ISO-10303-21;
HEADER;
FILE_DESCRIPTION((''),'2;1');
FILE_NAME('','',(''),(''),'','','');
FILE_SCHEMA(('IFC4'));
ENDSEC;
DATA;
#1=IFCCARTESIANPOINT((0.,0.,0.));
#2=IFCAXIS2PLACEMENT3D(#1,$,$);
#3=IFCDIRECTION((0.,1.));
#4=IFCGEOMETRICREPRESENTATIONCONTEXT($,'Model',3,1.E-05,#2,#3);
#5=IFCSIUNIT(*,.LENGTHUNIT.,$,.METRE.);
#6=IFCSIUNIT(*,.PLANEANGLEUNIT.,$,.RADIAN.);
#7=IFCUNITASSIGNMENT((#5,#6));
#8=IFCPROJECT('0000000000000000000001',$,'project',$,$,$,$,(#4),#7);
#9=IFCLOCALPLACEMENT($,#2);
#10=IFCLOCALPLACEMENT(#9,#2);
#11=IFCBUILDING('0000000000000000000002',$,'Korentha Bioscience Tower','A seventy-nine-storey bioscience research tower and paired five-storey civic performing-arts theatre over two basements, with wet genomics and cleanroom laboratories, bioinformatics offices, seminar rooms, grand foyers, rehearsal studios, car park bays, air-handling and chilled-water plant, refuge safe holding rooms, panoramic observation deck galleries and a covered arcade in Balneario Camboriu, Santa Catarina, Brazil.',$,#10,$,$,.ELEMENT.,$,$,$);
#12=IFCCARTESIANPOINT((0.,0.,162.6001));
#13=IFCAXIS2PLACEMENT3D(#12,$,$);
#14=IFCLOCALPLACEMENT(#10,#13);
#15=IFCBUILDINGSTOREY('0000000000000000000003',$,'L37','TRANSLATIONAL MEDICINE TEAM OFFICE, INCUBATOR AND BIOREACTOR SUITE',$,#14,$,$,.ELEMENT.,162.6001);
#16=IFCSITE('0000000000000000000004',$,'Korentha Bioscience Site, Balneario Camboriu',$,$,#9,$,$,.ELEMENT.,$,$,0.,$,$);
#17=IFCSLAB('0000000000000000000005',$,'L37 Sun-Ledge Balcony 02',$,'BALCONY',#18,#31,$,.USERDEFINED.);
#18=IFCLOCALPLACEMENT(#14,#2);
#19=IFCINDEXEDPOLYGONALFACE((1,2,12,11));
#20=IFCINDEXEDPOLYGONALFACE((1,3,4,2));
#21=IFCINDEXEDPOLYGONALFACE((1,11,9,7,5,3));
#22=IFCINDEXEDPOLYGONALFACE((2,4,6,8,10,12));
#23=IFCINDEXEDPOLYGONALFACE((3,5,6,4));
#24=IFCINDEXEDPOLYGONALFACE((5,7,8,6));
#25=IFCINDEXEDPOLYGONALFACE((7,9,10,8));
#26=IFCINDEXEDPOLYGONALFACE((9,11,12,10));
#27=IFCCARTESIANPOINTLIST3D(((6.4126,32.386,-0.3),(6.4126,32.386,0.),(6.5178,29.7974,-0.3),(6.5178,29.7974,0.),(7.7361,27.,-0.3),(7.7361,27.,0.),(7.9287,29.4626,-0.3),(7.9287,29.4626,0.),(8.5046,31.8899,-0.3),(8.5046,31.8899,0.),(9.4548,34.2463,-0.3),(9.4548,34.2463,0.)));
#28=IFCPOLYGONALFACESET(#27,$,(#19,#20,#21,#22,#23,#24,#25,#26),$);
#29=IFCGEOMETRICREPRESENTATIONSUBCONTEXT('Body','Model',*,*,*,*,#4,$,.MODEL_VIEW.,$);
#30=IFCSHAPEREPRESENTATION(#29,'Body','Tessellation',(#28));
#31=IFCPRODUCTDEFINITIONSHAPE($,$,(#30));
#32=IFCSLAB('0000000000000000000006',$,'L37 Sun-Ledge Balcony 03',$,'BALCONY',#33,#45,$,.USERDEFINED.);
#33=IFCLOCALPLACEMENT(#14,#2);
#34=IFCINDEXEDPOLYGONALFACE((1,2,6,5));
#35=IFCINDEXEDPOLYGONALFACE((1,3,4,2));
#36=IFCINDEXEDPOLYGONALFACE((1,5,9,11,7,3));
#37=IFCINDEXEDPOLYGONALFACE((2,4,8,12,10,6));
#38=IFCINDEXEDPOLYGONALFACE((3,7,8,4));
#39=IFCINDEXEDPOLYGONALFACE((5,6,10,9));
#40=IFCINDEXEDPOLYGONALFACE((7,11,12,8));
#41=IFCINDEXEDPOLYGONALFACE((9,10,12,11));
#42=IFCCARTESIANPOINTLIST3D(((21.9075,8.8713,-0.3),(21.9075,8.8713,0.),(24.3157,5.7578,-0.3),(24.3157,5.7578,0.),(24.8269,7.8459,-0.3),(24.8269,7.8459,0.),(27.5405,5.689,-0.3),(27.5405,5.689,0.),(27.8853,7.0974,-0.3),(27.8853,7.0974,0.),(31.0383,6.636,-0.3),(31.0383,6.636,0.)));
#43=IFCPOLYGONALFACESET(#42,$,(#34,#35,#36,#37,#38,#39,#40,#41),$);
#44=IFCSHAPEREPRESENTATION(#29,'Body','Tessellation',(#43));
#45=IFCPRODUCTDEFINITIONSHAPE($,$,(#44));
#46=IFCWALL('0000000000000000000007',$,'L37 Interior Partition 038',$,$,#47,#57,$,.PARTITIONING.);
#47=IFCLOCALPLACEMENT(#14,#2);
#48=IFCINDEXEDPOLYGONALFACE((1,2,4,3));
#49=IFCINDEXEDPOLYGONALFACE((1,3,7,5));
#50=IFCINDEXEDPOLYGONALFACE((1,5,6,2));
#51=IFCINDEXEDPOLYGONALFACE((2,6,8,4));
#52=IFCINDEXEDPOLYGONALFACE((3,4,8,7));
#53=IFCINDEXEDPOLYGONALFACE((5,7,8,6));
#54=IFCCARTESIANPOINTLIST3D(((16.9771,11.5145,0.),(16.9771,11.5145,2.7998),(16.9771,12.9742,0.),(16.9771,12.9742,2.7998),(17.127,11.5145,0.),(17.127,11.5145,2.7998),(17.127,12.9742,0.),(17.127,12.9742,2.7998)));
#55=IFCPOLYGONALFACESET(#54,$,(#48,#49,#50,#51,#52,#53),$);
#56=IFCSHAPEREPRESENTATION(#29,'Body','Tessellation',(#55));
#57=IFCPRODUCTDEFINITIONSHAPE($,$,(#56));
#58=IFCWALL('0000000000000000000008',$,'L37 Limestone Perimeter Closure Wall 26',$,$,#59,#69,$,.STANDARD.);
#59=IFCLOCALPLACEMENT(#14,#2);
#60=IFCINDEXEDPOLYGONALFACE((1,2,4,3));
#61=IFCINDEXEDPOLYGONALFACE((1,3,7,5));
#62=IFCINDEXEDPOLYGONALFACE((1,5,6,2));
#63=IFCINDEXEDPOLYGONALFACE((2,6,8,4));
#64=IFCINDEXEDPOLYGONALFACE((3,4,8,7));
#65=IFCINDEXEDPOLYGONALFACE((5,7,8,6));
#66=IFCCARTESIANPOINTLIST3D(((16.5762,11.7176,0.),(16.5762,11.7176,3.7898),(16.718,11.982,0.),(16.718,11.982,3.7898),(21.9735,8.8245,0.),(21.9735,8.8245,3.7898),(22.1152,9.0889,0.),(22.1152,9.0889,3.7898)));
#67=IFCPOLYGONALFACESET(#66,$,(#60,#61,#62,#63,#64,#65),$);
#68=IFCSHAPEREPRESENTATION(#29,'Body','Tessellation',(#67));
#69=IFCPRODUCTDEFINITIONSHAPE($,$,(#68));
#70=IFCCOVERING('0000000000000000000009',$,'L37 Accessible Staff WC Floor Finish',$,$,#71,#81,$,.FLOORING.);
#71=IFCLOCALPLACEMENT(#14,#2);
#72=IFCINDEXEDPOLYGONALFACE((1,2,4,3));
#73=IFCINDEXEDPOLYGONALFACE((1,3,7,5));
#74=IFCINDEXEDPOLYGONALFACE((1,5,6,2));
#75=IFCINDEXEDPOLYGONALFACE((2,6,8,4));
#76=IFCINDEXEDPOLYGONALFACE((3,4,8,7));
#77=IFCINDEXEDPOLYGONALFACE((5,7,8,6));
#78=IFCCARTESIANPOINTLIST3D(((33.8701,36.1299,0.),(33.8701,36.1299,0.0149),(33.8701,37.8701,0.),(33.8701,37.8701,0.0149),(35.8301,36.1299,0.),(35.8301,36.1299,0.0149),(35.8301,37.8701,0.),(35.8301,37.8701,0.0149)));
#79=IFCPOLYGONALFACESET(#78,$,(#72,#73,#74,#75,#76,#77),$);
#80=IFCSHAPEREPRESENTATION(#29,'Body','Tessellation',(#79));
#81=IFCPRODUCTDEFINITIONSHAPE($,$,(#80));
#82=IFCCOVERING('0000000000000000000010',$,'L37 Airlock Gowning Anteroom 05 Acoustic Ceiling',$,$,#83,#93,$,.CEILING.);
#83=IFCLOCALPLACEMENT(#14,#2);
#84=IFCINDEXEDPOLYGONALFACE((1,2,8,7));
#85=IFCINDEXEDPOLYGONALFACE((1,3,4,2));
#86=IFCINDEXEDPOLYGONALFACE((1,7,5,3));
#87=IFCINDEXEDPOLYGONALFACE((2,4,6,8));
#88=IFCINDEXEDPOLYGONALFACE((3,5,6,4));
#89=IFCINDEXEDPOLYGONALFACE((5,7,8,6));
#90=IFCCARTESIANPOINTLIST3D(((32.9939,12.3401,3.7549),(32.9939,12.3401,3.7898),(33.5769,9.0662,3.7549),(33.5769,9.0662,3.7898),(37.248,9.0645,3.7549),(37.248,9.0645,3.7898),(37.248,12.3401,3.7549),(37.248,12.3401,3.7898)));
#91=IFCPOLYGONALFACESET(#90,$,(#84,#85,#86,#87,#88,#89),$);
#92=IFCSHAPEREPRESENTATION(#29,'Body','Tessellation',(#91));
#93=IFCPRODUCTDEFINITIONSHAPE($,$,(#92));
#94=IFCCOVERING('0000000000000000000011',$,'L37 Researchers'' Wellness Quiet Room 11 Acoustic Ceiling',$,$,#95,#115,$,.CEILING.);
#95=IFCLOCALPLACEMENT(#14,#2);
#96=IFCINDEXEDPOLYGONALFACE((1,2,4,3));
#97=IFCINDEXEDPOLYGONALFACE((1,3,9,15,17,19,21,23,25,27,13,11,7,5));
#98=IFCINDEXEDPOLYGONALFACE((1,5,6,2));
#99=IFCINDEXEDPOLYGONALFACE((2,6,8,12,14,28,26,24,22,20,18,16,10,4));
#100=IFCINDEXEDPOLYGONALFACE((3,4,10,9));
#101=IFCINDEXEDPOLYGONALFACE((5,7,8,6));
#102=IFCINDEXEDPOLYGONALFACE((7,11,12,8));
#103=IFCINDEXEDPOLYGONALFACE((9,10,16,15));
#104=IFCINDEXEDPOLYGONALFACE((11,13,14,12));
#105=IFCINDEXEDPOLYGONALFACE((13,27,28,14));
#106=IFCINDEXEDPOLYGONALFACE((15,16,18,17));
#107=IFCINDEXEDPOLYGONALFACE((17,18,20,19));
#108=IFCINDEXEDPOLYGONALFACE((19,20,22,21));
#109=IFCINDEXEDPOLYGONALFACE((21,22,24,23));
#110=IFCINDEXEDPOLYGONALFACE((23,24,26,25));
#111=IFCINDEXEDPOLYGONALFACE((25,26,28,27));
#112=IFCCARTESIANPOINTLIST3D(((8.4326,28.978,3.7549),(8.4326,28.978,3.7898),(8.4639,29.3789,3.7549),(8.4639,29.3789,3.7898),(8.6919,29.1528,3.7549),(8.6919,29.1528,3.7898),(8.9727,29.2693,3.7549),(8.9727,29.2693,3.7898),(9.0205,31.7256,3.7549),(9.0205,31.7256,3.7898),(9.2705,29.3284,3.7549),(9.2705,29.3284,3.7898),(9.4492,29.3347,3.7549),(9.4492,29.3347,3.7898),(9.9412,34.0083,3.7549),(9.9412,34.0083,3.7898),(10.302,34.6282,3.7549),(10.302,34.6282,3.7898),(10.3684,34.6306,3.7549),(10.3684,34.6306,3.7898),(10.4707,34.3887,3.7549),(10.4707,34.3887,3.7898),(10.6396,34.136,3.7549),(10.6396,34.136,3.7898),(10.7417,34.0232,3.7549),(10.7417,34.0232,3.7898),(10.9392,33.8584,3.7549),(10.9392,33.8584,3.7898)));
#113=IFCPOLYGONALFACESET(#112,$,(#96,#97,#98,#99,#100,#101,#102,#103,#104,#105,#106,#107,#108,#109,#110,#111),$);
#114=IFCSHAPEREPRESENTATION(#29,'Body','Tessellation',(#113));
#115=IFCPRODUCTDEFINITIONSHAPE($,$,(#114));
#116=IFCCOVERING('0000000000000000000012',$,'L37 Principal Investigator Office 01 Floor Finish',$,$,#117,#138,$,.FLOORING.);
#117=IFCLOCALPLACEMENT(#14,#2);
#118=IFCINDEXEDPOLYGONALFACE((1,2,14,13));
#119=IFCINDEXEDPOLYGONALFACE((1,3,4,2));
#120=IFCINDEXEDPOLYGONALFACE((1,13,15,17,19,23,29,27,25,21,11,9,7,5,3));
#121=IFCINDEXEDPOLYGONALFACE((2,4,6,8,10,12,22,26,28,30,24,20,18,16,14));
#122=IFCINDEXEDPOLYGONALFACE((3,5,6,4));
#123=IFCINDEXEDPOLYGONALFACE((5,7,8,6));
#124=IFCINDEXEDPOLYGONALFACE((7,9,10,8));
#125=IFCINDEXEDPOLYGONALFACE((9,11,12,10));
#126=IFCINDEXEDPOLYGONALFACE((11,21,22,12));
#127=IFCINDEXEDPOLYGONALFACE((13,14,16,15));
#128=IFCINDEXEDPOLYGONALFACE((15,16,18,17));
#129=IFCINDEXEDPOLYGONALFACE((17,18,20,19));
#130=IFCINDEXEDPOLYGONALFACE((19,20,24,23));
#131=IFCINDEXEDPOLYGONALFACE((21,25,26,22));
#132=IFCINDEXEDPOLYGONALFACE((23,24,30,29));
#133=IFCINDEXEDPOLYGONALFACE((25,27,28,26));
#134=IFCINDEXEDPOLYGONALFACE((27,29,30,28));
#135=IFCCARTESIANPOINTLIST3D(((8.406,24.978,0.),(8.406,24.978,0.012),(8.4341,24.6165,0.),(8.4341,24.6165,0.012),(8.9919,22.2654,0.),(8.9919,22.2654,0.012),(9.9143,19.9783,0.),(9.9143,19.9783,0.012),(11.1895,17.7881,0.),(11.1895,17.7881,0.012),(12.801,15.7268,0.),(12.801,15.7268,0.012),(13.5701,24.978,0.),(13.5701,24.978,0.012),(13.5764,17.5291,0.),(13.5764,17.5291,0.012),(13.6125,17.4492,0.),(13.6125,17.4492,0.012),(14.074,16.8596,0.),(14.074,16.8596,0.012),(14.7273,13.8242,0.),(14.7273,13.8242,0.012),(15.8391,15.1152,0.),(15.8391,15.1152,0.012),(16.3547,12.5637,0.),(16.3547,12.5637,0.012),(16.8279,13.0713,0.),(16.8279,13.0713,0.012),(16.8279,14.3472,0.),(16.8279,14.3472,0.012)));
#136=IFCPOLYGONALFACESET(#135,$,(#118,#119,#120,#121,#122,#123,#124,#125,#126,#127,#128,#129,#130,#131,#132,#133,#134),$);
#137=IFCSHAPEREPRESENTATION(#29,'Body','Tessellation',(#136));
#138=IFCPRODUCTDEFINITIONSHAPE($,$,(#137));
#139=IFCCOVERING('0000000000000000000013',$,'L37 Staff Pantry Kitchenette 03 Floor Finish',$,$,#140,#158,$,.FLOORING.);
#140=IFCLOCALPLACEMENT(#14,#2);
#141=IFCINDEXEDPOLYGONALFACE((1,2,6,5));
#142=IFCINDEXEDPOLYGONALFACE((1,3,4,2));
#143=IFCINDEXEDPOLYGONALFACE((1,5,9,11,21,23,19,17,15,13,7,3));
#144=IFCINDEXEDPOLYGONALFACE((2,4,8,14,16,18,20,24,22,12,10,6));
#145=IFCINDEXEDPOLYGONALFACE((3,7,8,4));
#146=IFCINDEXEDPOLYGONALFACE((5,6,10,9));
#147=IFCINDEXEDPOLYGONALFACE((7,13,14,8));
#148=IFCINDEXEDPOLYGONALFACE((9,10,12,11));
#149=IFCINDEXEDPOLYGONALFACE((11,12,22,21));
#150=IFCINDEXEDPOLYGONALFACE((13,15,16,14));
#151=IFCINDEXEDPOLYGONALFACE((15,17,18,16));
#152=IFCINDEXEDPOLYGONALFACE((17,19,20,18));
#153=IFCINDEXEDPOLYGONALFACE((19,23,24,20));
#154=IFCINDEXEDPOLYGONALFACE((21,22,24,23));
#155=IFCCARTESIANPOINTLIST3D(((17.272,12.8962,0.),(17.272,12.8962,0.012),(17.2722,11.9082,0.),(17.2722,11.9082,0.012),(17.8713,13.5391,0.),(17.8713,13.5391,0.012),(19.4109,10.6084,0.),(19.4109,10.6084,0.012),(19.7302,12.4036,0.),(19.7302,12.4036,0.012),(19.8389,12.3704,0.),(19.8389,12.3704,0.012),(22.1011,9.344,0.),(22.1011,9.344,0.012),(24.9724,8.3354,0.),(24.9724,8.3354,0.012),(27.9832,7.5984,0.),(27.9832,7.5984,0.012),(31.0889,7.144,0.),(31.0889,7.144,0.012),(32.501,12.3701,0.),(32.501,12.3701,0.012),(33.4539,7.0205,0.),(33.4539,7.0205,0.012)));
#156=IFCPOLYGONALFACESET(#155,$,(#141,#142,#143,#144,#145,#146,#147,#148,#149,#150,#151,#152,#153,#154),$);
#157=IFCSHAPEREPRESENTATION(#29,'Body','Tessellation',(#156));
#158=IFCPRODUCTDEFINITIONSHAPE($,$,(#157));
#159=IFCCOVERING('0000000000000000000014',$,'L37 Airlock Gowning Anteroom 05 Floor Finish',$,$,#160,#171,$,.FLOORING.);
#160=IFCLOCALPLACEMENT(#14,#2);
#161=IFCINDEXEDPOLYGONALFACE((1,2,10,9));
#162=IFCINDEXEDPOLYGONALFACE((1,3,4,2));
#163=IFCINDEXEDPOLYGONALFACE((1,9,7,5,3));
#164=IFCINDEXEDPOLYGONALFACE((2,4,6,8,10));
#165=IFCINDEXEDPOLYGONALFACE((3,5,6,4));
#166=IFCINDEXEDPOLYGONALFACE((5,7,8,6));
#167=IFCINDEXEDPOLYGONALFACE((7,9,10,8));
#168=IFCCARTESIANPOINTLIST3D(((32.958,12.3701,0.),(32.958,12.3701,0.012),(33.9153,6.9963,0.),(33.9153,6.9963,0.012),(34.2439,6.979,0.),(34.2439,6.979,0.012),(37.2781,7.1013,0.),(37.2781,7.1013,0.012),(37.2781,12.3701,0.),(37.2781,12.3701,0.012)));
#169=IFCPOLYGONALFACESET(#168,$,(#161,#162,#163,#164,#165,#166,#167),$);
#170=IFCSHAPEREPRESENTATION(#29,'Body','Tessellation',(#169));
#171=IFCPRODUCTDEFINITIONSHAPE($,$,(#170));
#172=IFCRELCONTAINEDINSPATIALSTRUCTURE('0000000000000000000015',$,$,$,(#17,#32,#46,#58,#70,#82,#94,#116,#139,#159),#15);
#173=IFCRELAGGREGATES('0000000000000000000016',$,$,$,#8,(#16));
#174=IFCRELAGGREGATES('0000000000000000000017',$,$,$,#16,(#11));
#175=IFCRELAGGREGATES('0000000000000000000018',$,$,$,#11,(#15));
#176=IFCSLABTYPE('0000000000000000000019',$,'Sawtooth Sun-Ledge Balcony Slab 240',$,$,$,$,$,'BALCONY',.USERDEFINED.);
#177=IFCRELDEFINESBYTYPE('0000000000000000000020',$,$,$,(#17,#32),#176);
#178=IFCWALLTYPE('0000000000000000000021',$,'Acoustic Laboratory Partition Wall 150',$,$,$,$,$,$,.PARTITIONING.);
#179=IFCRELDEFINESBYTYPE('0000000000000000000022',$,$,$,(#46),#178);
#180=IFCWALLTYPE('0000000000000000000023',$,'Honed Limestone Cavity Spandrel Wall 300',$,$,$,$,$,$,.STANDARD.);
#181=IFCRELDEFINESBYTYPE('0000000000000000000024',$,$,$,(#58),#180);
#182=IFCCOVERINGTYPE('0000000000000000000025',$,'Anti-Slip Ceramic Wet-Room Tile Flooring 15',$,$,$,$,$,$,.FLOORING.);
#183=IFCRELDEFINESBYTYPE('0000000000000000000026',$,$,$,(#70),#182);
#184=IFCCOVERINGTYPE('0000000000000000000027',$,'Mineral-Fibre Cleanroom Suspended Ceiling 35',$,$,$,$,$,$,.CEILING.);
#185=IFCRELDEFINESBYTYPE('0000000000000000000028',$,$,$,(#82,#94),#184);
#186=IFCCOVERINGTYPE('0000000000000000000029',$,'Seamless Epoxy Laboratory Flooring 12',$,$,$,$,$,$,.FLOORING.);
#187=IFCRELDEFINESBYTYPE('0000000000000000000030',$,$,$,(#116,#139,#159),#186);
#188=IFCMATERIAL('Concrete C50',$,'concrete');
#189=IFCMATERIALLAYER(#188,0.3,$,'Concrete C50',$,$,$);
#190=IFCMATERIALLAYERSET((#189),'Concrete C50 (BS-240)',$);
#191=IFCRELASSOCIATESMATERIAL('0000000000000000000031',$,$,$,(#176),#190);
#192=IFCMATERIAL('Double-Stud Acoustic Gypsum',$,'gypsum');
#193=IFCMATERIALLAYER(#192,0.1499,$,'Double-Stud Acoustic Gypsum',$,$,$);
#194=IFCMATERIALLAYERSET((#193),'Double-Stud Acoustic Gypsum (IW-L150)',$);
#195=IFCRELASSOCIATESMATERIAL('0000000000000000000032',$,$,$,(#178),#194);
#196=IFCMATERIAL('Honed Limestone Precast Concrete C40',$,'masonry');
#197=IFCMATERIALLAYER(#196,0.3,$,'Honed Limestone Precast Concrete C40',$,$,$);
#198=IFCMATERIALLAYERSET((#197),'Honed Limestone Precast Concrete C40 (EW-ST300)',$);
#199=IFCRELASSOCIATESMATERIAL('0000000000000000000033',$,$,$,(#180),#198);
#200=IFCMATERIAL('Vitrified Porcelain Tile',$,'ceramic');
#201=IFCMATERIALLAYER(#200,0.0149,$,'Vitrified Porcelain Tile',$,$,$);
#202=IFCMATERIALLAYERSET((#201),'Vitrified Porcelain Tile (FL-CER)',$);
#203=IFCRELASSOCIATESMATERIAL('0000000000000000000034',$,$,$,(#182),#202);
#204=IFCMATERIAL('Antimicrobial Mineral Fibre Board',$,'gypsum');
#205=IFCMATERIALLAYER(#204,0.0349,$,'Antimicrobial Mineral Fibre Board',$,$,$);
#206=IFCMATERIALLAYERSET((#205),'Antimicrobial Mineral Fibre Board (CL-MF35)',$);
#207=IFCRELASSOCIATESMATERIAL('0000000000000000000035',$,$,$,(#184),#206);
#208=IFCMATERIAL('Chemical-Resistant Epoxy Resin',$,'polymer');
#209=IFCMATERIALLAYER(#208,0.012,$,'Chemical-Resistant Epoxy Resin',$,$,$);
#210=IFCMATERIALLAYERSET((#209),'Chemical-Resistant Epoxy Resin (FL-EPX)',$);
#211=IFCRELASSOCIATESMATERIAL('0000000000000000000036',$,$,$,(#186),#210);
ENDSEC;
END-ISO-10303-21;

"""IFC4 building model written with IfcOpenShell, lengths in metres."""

from ifc_helpers import new_model, si_unit, direction, frame, frame_2d, origin, place, context, subcontext, project, spatial, polyline, rectangle, outline, extrude, material, layer, layer_set, type_object, element, save


model = new_model("IFC4")

# Units and contexts
model_context = context("Model", 3, precision=1e-05, world=origin(), true_north=direction((0.0, 1.0)))
body_context = subcontext(model_context, "Body", "Model", "MODEL_VIEW")
ifc_project = project(units=[si_unit("LENGTHUNIT", "METRE"), si_unit("PLANEANGLEUNIT", "RADIAN")], contexts=[model_context])

# Site, building, storey
site_placement = place(None, origin())
site = spatial("IfcSite", under=ifc_project, at=site_placement, Name="Korentha Bioscience Site, Balneario Camboriu", CompositionType="ELEMENT", RefElevation=0.0)
building_placement = place(site_placement, origin())
building = spatial("IfcBuilding", under=site, at=building_placement, Name="Korentha Bioscience Tower", Description="A seventy-nine-storey bioscience research tower and paired five-storey civic performing-arts theatre over two basements, with wet genomics and cleanroom laboratories, bioinformatics offices, seminar rooms, grand foyers, rehearsal studios, car park bays, air-handling and chilled-water plant, refuge safe holding rooms, panoramic observation deck galleries and a covered arcade in Balneario Camboriu, Santa Catarina, Brazil.", CompositionType="ELEMENT")
storey_placement = place(building_placement, frame((0.0, 0.0, 162.6001)))
storey = spatial("IfcBuildingStorey", under=building, at=storey_placement, Name="L37", Description="TRANSLATIONAL MEDICINE TEAM OFFICE, INCUBATOR AND BIOREACTOR SUITE", CompositionType="ELEMENT", Elevation=162.6001)

# Shared definitions
ifc_material_1 = material(Name="Concrete C50", Category="concrete")

# Slabs
ifc_layer_1 = layer(ifc_material_1, 0.3, Name="Concrete C50")
ifc_layer_set_1 = layer_set([ifc_layer_1], Name="Concrete C50 (BS-240)")
slab_type_1 = type_object("IfcSlabType", Name="Sawtooth Sun-Ledge Balcony Slab 240", ElementType="BALCONY", PredefinedType="USERDEFINED", material=ifc_layer_set_1)
slab_1_placement = place(storey_placement, frame((0.0, 0.0, -0.3)))
element("IfcSlab", 1, at=slab_1_placement, inside=storey, type_object=slab_type_1, Name="L37 Sun-Ledge Balcony 02", ObjectType="BALCONY", PredefinedType="USERDEFINED", context=body_context, shape_type="SweptSolid", body=[
    extrude(outline(polyline([(7.7361, 27.0), (7.9287, 29.4626), (8.5046, 31.8899), (9.4548, 34.2463), (6.4126, 32.386), (6.5178, 29.7974), (7.7361, 27.0)])), origin(), (0.0, 0.0, 1.0), 0.3),
])
slab_2_placement = place(storey_placement, frame((0.0, 0.0, -0.3)))
element("IfcSlab", 2, at=slab_2_placement, inside=storey, type_object=slab_type_1, Name="L37 Sun-Ledge Balcony 03", ObjectType="BALCONY", PredefinedType="USERDEFINED", context=body_context, shape_type="SweptSolid", body=[
    extrude(outline(polyline([(31.0383, 6.636), (27.8853, 7.0974), (24.8269, 7.8459), (21.9075, 8.8713), (24.3157, 5.7578), (27.5405, 5.689), (31.0383, 6.636)])), origin(), (0.0, 0.0, 1.0), 0.3),
])

# Walls
ifc_material_2 = material(Name="Double-Stud Acoustic Gypsum", Category="gypsum")
ifc_layer_2 = layer(ifc_material_2, 0.1499, Name="Double-Stud Acoustic Gypsum")
ifc_layer_set_2 = layer_set([ifc_layer_2], Name="Double-Stud Acoustic Gypsum (IW-L150)")
wall_type_1 = type_object("IfcWallType", Name="Acoustic Laboratory Partition Wall 150", PredefinedType="PARTITIONING", material=ifc_layer_set_2)
wall_1_placement = place(storey_placement, frame((17.052, 11.5144, 0.0), z_axis=(0.0, 0.0, 1.0), x_axis=(0.0, 1.0, 0.0)))
element("IfcWall", 3, at=wall_1_placement, inside=storey, type_object=wall_type_1, Name="L37 Interior Partition 038", PredefinedType="PARTITIONING", context=body_context, shape_type="SweptSolid", body=[
    extrude(rectangle(XDim=1.4597, YDim=0.1499, at=frame_2d((0.73, 0.0))), origin(), (0.0, 0.0, 1.0), 2.7998),
])
ifc_material_3 = material(Name="Honed Limestone Precast Concrete C40", Category="masonry")
ifc_layer_3 = layer(ifc_material_3, 0.3, Name="Honed Limestone Precast Concrete C40")
ifc_layer_set_3 = layer_set([ifc_layer_3], Name="Honed Limestone Precast Concrete C40 (EW-ST300)")
wall_type_2 = type_object("IfcWallType", Name="Honed Limestone Cavity Spandrel Wall 300", PredefinedType="STANDARD", material=ifc_layer_set_3)
wall_2_placement = place(storey_placement, frame((16.647, 11.8499, 0.0), z_axis=(0.0, 0.0, 1.0), x_axis=(0.881364, -0.472437, 0.0)))
element("IfcWall", 4, at=wall_2_placement, inside=storey, type_object=wall_type_2, Name="L37 Limestone Perimeter Closure Wall 26", PredefinedType="STANDARD", context=body_context, shape_type="SweptSolid", body=[
    extrude(rectangle(XDim=6.1238, YDim=0.3, at=frame_2d((3.062, 0.0))), origin(), (0.0, 0.0, 1.0), 3.7898),
])

# Coverings
ifc_material_4 = material(Name="Vitrified Porcelain Tile", Category="ceramic")
ifc_layer_4 = layer(ifc_material_4, 0.0149, Name="Vitrified Porcelain Tile")
ifc_layer_set_4 = layer_set([ifc_layer_4], Name="Vitrified Porcelain Tile (FL-CER)")
covering_type_1 = type_object("IfcCoveringType", Name="Anti-Slip Ceramic Wet-Room Tile Flooring 15", PredefinedType="FLOORING", material=ifc_layer_set_4)
covering_1_placement = place(storey_placement, origin())
element("IfcCovering", 5, at=covering_1_placement, inside=storey, type_object=covering_type_1, Name="L37 Accessible Staff WC Floor Finish", PredefinedType="FLOORING", context=body_context, shape_type="SweptSolid", body=[
    extrude(outline(polyline([(33.8701, 36.1299), (33.8701, 37.8701), (35.8301, 37.8701), (35.8301, 36.1299), (33.8701, 36.1299)])), origin(), (0.0, 0.0, 1.0), 0.0149),
])
ifc_material_5 = material(Name="Antimicrobial Mineral Fibre Board", Category="gypsum")
ifc_layer_5 = layer(ifc_material_5, 0.0349, Name="Antimicrobial Mineral Fibre Board")
ifc_layer_set_5 = layer_set([ifc_layer_5], Name="Antimicrobial Mineral Fibre Board (CL-MF35)")
covering_type_2 = type_object("IfcCoveringType", Name="Mineral-Fibre Cleanroom Suspended Ceiling 35", PredefinedType="CEILING", material=ifc_layer_set_5)
covering_2_placement = place(storey_placement, frame((0.0, 0.0, 3.7549)))
element("IfcCovering", 6, at=covering_2_placement, inside=storey, type_object=covering_type_2, Name="L37 Airlock Gowning Anteroom 05 Acoustic Ceiling", PredefinedType="CEILING", context=body_context, shape_type="SweptSolid", body=[
    extrude(outline(polyline([(37.248, 9.0645), (33.5769, 9.0662), (32.9939, 12.3401), (37.248, 12.3401), (37.248, 9.0645)])), origin(), (0.0, 0.0, 1.0), 0.0349),
])
covering_3_placement = place(storey_placement, frame((0.0, 0.0, 3.7549)))
element("IfcCovering", 7, at=covering_3_placement, inside=storey, type_object=covering_type_2, Name="L37 Researchers' Wellness Quiet Room 11 Acoustic Ceiling", PredefinedType="CEILING", context=body_context, shape_type="SweptSolid", body=[
    extrude(outline(polyline([(10.302, 34.6282), (10.3684, 34.6306), (10.4707, 34.3887), (10.6396, 34.136), (10.7417, 34.0232), (10.9392, 33.8584), (9.4492, 29.3347), (9.2705, 29.3284), (8.9727, 29.2693), (8.6919, 29.1528), (8.4326, 28.978), (8.4639, 29.3789), (9.0205, 31.7256), (9.9412, 34.0083), (10.302, 34.6282)])), origin(), (0.0, 0.0, 1.0), 0.0349),
])
ifc_material_6 = material(Name="Chemical-Resistant Epoxy Resin", Category="polymer")
ifc_layer_6 = layer(ifc_material_6, 0.012, Name="Chemical-Resistant Epoxy Resin")
ifc_layer_set_6 = layer_set([ifc_layer_6], Name="Chemical-Resistant Epoxy Resin (FL-EPX)")
covering_type_3 = type_object("IfcCoveringType", Name="Seamless Epoxy Laboratory Flooring 12", PredefinedType="FLOORING", material=ifc_layer_set_6)
covering_4_placement = place(storey_placement, origin())
element("IfcCovering", 8, at=covering_4_placement, inside=storey, type_object=covering_type_3, Name="L37 Principal Investigator Office 01 Floor Finish", PredefinedType="FLOORING", context=body_context, shape_type="SweptSolid", body=[
    extrude(outline(polyline([(13.5701, 24.978), (13.5764, 17.5291), (13.6125, 17.4492), (14.074, 16.8596), (15.8391, 15.1152), (16.8279, 14.3472), (16.8279, 13.0713), (16.3547, 12.5637), (14.7273, 13.8242), (12.801, 15.7268), (11.1895, 17.7881), (9.9143, 19.9783), (8.9919, 22.2654), (8.4341, 24.6165), (8.406, 24.978), (13.5701, 24.978)])), origin(), (0.0, 0.0, 1.0), 0.012),
])
covering_5_placement = place(storey_placement, origin())
element("IfcCovering", 9, at=covering_5_placement, inside=storey, type_object=covering_type_3, Name="L37 Staff Pantry Kitchenette 03 Floor Finish", PredefinedType="FLOORING", context=body_context, shape_type="SweptSolid", body=[
    extrude(outline(polyline([(17.8713, 13.5391), (19.7302, 12.4036), (19.8389, 12.3704), (32.501, 12.3701), (33.4539, 7.0205), (31.0889, 7.144), (27.9832, 7.5984), (24.9724, 8.3354), (22.1011, 9.344), (19.4109, 10.6084), (17.2722, 11.9082), (17.272, 12.8962), (17.8713, 13.5391)])), origin(), (0.0, 0.0, 1.0), 0.012),
])
covering_6_placement = place(storey_placement, origin())
element("IfcCovering", 10, at=covering_6_placement, inside=storey, type_object=covering_type_3, Name="L37 Airlock Gowning Anteroom 05 Floor Finish", PredefinedType="FLOORING", context=body_context, shape_type="SweptSolid", body=[
    extrude(outline(polyline([(32.958, 12.3701), (37.2781, 12.3701), (37.2781, 7.1013), (34.2439, 6.979), (33.9153, 6.9963), (32.958, 12.3701)])), origin(), (0.0, 0.0, 1.0), 0.012),
])

save(model, "model.ifc")
